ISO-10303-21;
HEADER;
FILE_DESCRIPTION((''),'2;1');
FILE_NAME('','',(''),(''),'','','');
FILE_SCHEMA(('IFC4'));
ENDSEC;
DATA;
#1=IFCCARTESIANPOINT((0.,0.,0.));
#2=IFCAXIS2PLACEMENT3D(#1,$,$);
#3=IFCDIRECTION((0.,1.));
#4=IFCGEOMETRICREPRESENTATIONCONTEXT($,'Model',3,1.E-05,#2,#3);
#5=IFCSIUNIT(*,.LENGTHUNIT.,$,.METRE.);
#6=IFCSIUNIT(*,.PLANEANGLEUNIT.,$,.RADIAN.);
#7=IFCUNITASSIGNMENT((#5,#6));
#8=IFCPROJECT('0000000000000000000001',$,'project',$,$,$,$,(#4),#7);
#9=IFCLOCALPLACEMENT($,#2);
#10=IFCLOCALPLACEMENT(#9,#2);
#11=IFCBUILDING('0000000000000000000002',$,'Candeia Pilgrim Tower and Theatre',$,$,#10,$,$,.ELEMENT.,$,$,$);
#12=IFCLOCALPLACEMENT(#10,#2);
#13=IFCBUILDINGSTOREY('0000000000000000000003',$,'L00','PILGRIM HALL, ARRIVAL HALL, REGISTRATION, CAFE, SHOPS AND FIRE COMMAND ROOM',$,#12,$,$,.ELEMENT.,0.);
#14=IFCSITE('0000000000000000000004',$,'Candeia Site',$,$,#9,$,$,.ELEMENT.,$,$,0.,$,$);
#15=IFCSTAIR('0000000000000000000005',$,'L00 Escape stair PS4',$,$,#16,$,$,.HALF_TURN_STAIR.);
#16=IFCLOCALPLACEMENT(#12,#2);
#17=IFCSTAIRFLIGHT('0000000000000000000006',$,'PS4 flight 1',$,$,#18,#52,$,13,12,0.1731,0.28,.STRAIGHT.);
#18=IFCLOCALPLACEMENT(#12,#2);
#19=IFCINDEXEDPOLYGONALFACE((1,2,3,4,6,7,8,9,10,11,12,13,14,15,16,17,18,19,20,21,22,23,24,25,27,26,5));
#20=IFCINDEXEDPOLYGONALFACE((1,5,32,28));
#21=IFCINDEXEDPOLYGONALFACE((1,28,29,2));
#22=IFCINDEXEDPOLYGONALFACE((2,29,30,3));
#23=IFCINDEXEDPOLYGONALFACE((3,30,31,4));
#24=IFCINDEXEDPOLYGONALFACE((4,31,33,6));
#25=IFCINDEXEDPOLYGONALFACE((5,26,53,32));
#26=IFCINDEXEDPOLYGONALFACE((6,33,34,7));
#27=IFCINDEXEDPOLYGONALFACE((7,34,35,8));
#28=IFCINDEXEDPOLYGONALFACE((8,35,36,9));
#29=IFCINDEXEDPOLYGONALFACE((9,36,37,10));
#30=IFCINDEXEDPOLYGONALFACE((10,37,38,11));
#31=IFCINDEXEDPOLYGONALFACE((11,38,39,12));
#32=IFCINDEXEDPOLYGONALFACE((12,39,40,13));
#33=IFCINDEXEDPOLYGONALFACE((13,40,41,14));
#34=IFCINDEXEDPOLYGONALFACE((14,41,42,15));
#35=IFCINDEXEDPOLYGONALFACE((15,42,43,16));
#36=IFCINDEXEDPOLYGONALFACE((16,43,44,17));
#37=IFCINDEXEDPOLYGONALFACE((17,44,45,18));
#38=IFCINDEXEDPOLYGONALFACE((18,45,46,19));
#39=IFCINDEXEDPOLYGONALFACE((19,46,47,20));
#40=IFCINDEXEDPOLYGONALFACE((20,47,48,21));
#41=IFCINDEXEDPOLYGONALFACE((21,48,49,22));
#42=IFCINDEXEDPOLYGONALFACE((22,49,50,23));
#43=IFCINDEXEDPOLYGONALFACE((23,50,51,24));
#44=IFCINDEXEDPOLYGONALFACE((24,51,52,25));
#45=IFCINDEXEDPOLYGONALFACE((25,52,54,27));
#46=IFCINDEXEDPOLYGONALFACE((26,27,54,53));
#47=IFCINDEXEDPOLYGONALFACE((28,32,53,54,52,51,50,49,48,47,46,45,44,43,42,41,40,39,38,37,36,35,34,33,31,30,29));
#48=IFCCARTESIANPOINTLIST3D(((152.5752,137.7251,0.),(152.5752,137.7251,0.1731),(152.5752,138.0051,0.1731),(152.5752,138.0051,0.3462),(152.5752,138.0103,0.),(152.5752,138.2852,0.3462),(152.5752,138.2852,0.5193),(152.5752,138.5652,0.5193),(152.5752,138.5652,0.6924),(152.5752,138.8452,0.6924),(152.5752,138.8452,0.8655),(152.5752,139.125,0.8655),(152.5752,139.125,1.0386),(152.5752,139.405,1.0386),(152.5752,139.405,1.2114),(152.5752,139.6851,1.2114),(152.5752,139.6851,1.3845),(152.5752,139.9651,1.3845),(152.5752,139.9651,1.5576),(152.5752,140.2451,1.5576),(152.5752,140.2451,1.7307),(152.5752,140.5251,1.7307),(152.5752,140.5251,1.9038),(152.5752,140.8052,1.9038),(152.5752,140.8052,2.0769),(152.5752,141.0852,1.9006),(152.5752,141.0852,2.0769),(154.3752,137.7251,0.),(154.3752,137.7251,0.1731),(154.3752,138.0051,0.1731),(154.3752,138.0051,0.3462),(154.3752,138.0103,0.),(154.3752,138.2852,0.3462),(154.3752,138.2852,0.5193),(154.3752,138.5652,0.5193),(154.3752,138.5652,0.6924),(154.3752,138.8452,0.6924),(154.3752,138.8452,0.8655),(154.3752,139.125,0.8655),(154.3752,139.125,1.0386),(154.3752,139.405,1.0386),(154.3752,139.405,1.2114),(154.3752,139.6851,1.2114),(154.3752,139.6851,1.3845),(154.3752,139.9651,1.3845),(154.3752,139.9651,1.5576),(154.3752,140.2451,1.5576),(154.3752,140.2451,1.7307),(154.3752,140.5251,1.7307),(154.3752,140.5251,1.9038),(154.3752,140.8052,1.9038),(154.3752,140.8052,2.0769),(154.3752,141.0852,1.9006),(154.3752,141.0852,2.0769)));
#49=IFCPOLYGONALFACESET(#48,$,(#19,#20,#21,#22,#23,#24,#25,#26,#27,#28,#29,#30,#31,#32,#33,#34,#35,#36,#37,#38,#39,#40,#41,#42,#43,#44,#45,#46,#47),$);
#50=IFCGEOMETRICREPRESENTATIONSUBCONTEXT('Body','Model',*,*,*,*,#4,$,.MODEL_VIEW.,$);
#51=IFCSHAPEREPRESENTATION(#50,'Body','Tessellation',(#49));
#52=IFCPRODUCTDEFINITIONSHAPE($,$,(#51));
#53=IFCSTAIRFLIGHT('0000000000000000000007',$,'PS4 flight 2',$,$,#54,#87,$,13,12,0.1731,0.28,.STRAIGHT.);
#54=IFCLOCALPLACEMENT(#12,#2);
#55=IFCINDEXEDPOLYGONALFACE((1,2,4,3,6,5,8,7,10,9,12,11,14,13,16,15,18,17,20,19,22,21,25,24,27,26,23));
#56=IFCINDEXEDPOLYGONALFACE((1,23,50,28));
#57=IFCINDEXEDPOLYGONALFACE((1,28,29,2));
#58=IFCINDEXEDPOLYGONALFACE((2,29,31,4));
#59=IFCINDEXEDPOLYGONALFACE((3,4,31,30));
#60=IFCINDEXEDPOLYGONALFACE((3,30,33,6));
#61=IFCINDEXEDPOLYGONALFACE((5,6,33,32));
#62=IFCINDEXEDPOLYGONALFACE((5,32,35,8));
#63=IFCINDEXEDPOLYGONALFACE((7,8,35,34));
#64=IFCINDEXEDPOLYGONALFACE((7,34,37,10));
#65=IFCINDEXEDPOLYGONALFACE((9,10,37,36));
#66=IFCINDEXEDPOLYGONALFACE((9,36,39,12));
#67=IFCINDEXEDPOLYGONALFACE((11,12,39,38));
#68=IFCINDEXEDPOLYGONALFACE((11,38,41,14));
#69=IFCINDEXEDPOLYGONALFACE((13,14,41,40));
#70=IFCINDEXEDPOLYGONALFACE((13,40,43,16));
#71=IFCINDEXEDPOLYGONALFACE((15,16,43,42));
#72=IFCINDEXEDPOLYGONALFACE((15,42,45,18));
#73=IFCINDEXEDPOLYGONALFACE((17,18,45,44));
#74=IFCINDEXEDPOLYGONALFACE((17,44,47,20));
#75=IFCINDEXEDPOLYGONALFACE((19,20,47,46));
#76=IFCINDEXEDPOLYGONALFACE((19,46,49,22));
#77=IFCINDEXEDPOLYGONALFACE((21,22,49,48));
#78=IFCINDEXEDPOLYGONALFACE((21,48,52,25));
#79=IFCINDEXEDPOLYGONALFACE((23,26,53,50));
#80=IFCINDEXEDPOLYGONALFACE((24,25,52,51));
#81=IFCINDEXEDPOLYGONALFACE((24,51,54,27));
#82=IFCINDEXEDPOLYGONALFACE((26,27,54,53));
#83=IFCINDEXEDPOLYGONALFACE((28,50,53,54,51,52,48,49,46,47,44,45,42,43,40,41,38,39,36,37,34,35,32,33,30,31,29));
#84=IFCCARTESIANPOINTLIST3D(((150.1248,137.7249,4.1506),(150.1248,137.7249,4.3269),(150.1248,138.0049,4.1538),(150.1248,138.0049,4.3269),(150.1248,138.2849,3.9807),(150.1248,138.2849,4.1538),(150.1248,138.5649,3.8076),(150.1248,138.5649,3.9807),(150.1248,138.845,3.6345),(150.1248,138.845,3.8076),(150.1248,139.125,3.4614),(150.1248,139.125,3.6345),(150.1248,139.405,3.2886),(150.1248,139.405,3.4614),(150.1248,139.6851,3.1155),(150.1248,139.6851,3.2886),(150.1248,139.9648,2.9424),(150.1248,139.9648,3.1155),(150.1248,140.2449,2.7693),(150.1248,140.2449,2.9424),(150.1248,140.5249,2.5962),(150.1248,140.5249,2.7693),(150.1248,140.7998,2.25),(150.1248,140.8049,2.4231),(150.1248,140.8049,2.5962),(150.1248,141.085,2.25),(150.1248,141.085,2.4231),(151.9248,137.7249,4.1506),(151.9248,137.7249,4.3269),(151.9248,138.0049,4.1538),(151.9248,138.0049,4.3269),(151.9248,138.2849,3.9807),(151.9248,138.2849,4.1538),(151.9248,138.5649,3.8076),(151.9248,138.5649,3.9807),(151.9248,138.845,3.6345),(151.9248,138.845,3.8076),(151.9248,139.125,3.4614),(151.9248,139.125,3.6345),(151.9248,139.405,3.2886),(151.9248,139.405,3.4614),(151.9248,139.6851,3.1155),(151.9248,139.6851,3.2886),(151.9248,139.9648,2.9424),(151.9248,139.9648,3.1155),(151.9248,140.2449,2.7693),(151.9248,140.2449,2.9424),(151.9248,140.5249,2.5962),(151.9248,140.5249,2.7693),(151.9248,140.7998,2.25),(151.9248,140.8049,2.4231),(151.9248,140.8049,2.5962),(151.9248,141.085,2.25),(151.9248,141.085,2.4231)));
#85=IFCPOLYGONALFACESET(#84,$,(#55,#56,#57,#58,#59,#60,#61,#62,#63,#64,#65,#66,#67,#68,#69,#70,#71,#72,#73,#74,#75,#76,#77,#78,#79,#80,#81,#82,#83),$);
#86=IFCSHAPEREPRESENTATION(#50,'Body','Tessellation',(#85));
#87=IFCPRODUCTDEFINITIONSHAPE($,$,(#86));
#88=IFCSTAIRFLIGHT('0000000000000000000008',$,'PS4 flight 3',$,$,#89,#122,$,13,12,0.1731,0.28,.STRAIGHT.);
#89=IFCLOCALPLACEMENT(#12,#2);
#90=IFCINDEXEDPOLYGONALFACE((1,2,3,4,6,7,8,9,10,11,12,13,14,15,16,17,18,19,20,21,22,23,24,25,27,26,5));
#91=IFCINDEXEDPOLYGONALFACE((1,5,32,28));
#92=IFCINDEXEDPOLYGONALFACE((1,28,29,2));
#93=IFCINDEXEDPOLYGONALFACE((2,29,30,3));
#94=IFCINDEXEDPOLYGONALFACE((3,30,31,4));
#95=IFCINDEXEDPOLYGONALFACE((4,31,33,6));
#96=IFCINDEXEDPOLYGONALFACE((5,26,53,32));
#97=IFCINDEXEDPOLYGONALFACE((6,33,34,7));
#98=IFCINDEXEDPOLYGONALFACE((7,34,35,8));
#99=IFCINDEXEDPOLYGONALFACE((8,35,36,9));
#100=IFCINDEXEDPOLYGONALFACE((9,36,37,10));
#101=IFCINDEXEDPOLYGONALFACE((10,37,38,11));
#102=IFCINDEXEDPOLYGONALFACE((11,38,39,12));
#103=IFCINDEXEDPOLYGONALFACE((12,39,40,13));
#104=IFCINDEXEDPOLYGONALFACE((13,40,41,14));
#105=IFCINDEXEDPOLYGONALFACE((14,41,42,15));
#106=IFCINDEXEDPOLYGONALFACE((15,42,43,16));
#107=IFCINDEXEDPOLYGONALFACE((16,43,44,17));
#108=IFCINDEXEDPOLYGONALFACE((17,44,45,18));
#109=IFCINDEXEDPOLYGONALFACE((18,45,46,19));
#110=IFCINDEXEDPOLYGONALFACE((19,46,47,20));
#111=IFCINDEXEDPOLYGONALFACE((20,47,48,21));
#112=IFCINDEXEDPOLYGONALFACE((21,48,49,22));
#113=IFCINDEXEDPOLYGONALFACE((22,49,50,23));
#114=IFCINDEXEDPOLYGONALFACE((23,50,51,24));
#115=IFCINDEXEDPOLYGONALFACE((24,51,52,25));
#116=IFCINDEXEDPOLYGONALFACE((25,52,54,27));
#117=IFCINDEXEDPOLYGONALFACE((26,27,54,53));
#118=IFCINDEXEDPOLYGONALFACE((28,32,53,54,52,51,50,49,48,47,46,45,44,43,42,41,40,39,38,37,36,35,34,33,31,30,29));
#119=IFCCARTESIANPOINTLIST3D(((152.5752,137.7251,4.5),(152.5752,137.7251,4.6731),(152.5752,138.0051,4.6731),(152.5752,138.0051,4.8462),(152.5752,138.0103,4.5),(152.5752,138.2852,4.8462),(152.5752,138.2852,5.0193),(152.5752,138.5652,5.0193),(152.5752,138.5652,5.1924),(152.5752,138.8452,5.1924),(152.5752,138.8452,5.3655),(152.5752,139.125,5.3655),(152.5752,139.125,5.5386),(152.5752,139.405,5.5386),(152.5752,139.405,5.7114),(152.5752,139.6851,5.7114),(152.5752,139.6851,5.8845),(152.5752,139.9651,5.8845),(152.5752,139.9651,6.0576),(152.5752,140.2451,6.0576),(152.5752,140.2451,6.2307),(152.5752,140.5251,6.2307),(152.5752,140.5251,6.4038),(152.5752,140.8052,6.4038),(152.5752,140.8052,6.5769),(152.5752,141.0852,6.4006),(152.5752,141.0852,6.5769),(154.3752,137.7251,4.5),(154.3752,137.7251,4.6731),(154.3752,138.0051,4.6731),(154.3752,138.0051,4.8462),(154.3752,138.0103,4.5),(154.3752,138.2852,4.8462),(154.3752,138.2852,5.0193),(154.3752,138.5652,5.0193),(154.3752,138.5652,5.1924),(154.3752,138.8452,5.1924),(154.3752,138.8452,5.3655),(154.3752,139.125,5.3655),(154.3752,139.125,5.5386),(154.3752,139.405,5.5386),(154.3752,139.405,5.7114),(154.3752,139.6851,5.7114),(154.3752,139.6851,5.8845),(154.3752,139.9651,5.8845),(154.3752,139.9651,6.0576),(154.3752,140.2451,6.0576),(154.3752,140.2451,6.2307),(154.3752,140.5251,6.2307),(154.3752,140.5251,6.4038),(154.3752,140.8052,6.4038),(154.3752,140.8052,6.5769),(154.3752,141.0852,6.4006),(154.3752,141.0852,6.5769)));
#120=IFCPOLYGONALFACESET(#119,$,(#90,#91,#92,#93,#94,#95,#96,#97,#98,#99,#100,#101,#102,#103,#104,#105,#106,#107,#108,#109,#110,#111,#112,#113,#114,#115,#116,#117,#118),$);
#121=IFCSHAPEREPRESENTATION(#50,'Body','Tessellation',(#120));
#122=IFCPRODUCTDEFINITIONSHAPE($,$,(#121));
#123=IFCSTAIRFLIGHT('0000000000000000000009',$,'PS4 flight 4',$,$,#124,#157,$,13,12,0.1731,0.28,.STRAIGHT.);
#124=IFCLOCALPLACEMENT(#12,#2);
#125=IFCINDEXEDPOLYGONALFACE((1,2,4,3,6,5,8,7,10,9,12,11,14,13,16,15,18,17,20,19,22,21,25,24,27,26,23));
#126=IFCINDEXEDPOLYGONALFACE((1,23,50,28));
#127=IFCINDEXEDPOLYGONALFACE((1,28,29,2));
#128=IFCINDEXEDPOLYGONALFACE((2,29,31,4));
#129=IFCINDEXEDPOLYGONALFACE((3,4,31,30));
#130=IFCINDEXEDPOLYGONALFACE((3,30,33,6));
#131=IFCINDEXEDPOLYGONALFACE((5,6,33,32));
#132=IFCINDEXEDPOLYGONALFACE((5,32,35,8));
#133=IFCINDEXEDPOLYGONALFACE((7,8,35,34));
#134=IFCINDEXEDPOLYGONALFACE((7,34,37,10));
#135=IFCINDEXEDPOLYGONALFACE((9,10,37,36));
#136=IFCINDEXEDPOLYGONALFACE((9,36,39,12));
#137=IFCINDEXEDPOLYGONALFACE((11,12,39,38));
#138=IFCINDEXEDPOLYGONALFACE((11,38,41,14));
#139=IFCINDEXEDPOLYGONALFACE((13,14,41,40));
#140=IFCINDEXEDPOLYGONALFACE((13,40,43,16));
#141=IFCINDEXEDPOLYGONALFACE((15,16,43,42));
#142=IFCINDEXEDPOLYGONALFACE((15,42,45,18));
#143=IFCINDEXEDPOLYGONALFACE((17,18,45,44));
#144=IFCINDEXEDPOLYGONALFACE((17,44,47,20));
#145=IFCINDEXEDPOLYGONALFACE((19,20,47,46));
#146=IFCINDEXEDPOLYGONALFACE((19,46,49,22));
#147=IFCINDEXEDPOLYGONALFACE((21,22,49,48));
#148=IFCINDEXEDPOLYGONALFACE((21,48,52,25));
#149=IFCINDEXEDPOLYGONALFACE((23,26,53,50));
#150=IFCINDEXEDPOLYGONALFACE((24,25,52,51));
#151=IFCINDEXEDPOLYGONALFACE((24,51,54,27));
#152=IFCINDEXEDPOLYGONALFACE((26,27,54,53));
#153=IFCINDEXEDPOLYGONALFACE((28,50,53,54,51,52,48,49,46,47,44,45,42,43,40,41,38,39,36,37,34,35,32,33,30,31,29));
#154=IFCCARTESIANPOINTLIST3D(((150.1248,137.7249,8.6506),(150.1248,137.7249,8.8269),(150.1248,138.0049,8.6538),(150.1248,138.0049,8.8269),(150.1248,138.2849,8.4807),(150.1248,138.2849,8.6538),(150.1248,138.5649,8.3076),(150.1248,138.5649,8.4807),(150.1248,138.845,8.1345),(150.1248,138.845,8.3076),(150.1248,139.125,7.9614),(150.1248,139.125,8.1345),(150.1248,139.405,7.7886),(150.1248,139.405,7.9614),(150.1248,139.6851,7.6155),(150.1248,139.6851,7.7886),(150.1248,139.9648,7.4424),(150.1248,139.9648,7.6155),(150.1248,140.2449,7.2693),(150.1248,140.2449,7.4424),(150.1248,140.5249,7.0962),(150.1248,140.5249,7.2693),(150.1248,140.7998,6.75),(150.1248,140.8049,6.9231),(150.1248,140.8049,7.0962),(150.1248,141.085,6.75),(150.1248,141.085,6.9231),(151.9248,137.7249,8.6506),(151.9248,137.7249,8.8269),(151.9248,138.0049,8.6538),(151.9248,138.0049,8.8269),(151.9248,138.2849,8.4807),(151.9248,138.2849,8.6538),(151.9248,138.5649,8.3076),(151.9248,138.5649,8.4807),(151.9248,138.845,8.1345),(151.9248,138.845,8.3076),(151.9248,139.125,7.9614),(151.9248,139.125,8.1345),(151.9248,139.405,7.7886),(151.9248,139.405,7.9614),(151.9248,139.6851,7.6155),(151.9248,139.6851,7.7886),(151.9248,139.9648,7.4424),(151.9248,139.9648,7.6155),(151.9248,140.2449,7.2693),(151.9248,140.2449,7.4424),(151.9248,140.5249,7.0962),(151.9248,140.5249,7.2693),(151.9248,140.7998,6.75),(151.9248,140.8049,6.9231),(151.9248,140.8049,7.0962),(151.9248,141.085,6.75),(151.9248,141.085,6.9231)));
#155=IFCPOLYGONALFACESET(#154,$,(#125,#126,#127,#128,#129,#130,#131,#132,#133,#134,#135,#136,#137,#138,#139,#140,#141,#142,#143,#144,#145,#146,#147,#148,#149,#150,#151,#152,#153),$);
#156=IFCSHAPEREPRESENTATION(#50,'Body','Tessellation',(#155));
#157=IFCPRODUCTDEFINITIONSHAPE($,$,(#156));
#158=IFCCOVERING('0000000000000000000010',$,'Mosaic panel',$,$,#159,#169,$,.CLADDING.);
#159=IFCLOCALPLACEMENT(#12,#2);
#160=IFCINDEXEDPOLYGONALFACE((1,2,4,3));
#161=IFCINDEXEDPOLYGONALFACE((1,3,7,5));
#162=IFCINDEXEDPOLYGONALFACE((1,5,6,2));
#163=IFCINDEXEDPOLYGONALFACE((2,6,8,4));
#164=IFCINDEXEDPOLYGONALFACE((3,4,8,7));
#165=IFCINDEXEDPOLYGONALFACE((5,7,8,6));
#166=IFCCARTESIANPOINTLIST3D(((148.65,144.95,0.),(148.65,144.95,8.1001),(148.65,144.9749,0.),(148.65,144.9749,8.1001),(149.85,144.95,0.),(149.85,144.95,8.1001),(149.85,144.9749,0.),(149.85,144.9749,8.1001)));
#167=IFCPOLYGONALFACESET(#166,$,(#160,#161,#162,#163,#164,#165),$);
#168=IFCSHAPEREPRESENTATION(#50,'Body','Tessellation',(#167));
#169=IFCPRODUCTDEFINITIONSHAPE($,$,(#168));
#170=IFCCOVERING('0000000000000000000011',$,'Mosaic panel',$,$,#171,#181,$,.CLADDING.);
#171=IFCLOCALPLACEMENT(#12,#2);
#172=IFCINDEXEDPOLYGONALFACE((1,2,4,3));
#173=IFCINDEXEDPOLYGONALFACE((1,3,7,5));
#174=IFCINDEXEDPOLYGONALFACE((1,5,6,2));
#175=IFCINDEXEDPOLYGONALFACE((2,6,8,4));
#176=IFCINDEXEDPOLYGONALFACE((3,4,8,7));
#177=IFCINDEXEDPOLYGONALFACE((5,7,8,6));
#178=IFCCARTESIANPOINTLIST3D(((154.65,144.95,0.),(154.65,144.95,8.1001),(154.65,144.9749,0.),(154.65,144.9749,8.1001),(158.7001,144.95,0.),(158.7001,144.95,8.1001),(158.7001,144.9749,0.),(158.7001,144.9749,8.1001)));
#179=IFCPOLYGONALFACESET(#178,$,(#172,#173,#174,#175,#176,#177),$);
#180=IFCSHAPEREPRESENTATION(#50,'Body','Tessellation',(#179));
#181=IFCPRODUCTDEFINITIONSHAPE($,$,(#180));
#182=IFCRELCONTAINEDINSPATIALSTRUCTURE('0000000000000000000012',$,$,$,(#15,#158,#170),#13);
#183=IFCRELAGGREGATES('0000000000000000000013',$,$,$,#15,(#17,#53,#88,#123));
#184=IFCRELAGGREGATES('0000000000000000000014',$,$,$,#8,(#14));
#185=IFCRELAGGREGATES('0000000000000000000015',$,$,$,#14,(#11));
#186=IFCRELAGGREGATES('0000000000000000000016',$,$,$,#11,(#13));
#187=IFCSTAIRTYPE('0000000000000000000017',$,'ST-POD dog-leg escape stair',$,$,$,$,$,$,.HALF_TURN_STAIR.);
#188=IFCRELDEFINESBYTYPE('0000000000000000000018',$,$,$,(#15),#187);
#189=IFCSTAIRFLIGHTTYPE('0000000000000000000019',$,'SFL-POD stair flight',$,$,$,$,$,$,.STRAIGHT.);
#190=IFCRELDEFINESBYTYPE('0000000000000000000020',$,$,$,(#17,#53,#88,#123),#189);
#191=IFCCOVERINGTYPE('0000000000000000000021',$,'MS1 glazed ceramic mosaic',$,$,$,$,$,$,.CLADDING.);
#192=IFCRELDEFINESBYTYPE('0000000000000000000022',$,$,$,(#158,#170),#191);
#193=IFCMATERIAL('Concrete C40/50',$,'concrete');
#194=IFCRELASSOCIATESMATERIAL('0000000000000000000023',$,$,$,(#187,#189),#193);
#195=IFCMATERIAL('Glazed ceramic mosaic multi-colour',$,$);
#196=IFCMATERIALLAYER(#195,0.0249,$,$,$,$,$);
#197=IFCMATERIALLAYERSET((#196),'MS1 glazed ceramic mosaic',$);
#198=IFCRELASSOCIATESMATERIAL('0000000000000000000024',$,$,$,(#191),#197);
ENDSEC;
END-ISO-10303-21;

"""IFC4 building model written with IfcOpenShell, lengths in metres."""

from ifc_helpers import new_model, si_unit, direction, frame, origin, origin_2d, place, context, subcontext, project, spatial, polyline, rectangle, outline, extrude, material, layer, layer_set, type_object, element, aggregate, save


model = new_model("IFC4")

# Units and contexts
model_context = context("Model", 3, precision=1e-05, world=origin(), true_north=direction((0.0, 1.0)))
body_context = subcontext(model_context, "Body", "Model", "MODEL_VIEW")
ifc_project = project(units=[si_unit("LENGTHUNIT", "METRE"), si_unit("PLANEANGLEUNIT", "RADIAN")], contexts=[model_context])

# Site, building, storey
site_placement = place(None, origin())
site = spatial("IfcSite", under=ifc_project, at=site_placement, Name="Candeia Site", CompositionType="ELEMENT", RefElevation=0.0)
building_placement = place(site_placement, origin())
building = spatial("IfcBuilding", under=site, at=building_placement, Name="Candeia Pilgrim Tower and Theatre", CompositionType="ELEMENT")
storey_placement = place(building_placement, origin())
storey = spatial("IfcBuildingStorey", under=building, at=storey_placement, Name="L00", Description="PILGRIM HALL, ARRIVAL HALL, REGISTRATION, CAFE, SHOPS AND FIRE COMMAND ROOM", CompositionType="ELEMENT", Elevation=0.0)

# Shared definitions
ifc_material_1 = material(Name="Concrete C40/50", Category="concrete")

# Stair, stair flights
stair_type = type_object("IfcStairType", Name="ST-POD dog-leg escape stair", PredefinedType="HALF_TURN_STAIR", material=ifc_material_1)
stair_flight_type = type_object("IfcStairFlightType", Name="SFL-POD stair flight", PredefinedType="STRAIGHT", material=ifc_material_1)
stair_1_placement = place(storey_placement, origin())
stair_1 = element("IfcStair", 1, at=stair_1_placement, inside=storey, type_object=stair_type, Name="L00 Escape stair PS4", PredefinedType="HALF_TURN_STAIR")
stair_flight_1_placement = place(storey_placement, frame((153.4751, 137.7251, 0.0), z_axis=(0.0, 0.0, 1.0), x_axis=(0.0, 1.0, 0.0)))
stair_flight_1 = element("IfcStairFlight", 2, at=stair_flight_1_placement, type_object=stair_flight_type, Name="PS4 flight 1", NumberOfRisers=13, NumberOfTreads=12, PredefinedType="STRAIGHT", RiserHeight=0.1731, TreadLength=0.28, context=body_context, shape_type="SweptSolid", body=[
    extrude(outline(polyline([(0.0, 0.0), (0.0, 0.1731), (0.28, 0.1731), (0.28, 0.3462), (0.5601, 0.3462), (0.5601, 0.5193), (0.8401, 0.5193), (0.8401, 0.6924), (1.1201, 0.6924), (1.1201, 0.8655), (1.3999, 0.8655), (1.3999, 1.0386), (1.6799, 1.0386), (1.6799, 1.2114), (1.96, 1.2114), (1.96, 1.3845), (2.24, 1.3845), (2.24, 1.5576), (2.52, 1.5576), (2.52, 1.7307), (2.8, 1.7307), (2.8, 1.9038), (3.0801, 1.9038), (3.0801, 2.0769), (3.3601, 2.0769), (3.3601, 2.25), (3.3601, 1.9006), (0.2852, 0.0), (0.0, 0.0)])), frame((0.0, 0.8999, 0.0), z_axis=(0.0, -1.0, 0.0), x_axis=(1.0, 0.0, 0.0)), (0.0, 0.0, 1.0), 1.8),
])
stair_flight_2_placement = place(storey_placement, frame((151.0249, 141.085, 2.25), z_axis=(0.0, 0.0, 1.0), x_axis=(0.0, -1.0, 0.0)))
stair_flight_2 = element("IfcStairFlight", 3, at=stair_flight_2_placement, type_object=stair_flight_type, Name="PS4 flight 2", NumberOfRisers=13, NumberOfTreads=12, PredefinedType="STRAIGHT", RiserHeight=0.1731, TreadLength=0.28, context=body_context, shape_type="SweptSolid", body=[
    extrude(outline(polyline([(0.0, 0.0), (0.0, 0.1731), (0.28, 0.1731), (0.28, 0.3462), (0.5601, 0.3462), (0.5601, 0.5193), (0.8401, 0.5193), (0.8401, 0.6924), (1.1201, 0.6924), (1.1201, 0.8655), (1.3999, 0.8655), (1.3999, 1.0386), (1.6799, 1.0386), (1.6799, 1.2114), (1.96, 1.2114), (1.96, 1.3845), (2.24, 1.3845), (2.24, 1.5576), (2.52, 1.5576), (2.52, 1.7307), (2.8, 1.7307), (2.8, 1.9038), (3.0801, 1.9038), (3.0801, 2.0769), (3.3601, 2.0769), (3.3601, 2.25), (3.3601, 1.9006), (0.2852, 0.0), (0.0, 0.0)])), frame((0.0, 0.8999, 0.0), z_axis=(0.0, -1.0, 0.0), x_axis=(1.0, 0.0, 0.0)), (0.0, 0.0, 1.0), 1.8),
])
stair_flight_3_placement = place(storey_placement, frame((153.4751, 137.7251, 4.5), z_axis=(0.0, 0.0, 1.0), x_axis=(0.0, 1.0, 0.0)))
stair_flight_3 = element("IfcStairFlight", 4, at=stair_flight_3_placement, type_object=stair_flight_type, Name="PS4 flight 3", NumberOfRisers=13, NumberOfTreads=12, PredefinedType="STRAIGHT", RiserHeight=0.1731, TreadLength=0.28, context=body_context, shape_type="SweptSolid", body=[
    extrude(outline(polyline([(0.0, 0.0), (0.0, 0.1731), (0.28, 0.1731), (0.28, 0.3462), (0.5601, 0.3462), (0.5601, 0.5193), (0.8401, 0.5193), (0.8401, 0.6924), (1.1201, 0.6924), (1.1201, 0.8655), (1.3999, 0.8655), (1.3999, 1.0386), (1.6799, 1.0386), (1.6799, 1.2114), (1.96, 1.2114), (1.96, 1.3845), (2.24, 1.3845), (2.24, 1.5576), (2.52, 1.5576), (2.52, 1.7307), (2.8, 1.7307), (2.8, 1.9038), (3.0801, 1.9038), (3.0801, 2.0769), (3.3601, 2.0769), (3.3601, 2.25), (3.3601, 1.9006), (0.2852, 0.0), (0.0, 0.0)])), frame((0.0, 0.8999, 0.0), z_axis=(0.0, -1.0, 0.0), x_axis=(1.0, 0.0, 0.0)), (0.0, 0.0, 1.0), 1.8),
])
stair_flight_4_placement = place(storey_placement, frame((151.0249, 141.085, 6.75), z_axis=(0.0, 0.0, 1.0), x_axis=(0.0, -1.0, 0.0)))
stair_flight_4 = element("IfcStairFlight", 5, at=stair_flight_4_placement, type_object=stair_flight_type, Name="PS4 flight 4", NumberOfRisers=13, NumberOfTreads=12, PredefinedType="STRAIGHT", RiserHeight=0.1731, TreadLength=0.28, context=body_context, shape_type="SweptSolid", body=[
    extrude(outline(polyline([(0.0, 0.0), (0.0, 0.1731), (0.28, 0.1731), (0.28, 0.3462), (0.5601, 0.3462), (0.5601, 0.5193), (0.8401, 0.5193), (0.8401, 0.6924), (1.1201, 0.6924), (1.1201, 0.8655), (1.3999, 0.8655), (1.3999, 1.0386), (1.6799, 1.0386), (1.6799, 1.2114), (1.96, 1.2114), (1.96, 1.3845), (2.24, 1.3845), (2.24, 1.5576), (2.52, 1.5576), (2.52, 1.7307), (2.8, 1.7307), (2.8, 1.9038), (3.0801, 1.9038), (3.0801, 2.0769), (3.3601, 2.0769), (3.3601, 2.25), (3.3601, 1.9006), (0.2852, 0.0), (0.0, 0.0)])), frame((0.0, 0.8999, 0.0), z_axis=(0.0, -1.0, 0.0), x_axis=(1.0, 0.0, 0.0)), (0.0, 0.0, 1.0), 1.8),
])
aggregate(stair_1, [stair_flight_1, stair_flight_2, stair_flight_3, stair_flight_4])

# Coverings
ifc_material_2 = material(Name="Glazed ceramic mosaic multi-colour")
ifc_layer_1 = layer(ifc_material_2, 0.0249)
ifc_layer_set_1 = layer_set([ifc_layer_1], Name="MS1 glazed ceramic mosaic")
covering_type = type_object("IfcCoveringType", Name="MS1 glazed ceramic mosaic", PredefinedType="CLADDING", material=ifc_layer_set_1)
covering_1_placement = place(storey_placement, frame((149.25, 144.9624, 0.0), z_axis=(0.0, 0.0, 1.0), x_axis=(1.0, 0.0, 0.0)))
element("IfcCovering", 6, at=covering_1_placement, inside=storey, type_object=covering_type, Name="Mosaic panel", PredefinedType="CLADDING", context=body_context, shape_type="SweptSolid", body=[
    extrude(rectangle(XDim=1.2, YDim=0.0249, at=origin_2d()), origin(), (0.0, 0.0, 1.0), 8.1001),
])
covering_2_placement = place(storey_placement, frame((156.675, 144.9624, 0.0), z_axis=(0.0, 0.0, 1.0), x_axis=(1.0, 0.0, 0.0)))
element("IfcCovering", 7, at=covering_2_placement, inside=storey, type_object=covering_type, Name="Mosaic panel", PredefinedType="CLADDING", context=body_context, shape_type="SweptSolid", body=[
    extrude(rectangle(XDim=4.05, YDim=0.0249, at=origin_2d()), origin(), (0.0, 0.0, 1.0), 8.1001),
])

save(model, "model.ifc")
